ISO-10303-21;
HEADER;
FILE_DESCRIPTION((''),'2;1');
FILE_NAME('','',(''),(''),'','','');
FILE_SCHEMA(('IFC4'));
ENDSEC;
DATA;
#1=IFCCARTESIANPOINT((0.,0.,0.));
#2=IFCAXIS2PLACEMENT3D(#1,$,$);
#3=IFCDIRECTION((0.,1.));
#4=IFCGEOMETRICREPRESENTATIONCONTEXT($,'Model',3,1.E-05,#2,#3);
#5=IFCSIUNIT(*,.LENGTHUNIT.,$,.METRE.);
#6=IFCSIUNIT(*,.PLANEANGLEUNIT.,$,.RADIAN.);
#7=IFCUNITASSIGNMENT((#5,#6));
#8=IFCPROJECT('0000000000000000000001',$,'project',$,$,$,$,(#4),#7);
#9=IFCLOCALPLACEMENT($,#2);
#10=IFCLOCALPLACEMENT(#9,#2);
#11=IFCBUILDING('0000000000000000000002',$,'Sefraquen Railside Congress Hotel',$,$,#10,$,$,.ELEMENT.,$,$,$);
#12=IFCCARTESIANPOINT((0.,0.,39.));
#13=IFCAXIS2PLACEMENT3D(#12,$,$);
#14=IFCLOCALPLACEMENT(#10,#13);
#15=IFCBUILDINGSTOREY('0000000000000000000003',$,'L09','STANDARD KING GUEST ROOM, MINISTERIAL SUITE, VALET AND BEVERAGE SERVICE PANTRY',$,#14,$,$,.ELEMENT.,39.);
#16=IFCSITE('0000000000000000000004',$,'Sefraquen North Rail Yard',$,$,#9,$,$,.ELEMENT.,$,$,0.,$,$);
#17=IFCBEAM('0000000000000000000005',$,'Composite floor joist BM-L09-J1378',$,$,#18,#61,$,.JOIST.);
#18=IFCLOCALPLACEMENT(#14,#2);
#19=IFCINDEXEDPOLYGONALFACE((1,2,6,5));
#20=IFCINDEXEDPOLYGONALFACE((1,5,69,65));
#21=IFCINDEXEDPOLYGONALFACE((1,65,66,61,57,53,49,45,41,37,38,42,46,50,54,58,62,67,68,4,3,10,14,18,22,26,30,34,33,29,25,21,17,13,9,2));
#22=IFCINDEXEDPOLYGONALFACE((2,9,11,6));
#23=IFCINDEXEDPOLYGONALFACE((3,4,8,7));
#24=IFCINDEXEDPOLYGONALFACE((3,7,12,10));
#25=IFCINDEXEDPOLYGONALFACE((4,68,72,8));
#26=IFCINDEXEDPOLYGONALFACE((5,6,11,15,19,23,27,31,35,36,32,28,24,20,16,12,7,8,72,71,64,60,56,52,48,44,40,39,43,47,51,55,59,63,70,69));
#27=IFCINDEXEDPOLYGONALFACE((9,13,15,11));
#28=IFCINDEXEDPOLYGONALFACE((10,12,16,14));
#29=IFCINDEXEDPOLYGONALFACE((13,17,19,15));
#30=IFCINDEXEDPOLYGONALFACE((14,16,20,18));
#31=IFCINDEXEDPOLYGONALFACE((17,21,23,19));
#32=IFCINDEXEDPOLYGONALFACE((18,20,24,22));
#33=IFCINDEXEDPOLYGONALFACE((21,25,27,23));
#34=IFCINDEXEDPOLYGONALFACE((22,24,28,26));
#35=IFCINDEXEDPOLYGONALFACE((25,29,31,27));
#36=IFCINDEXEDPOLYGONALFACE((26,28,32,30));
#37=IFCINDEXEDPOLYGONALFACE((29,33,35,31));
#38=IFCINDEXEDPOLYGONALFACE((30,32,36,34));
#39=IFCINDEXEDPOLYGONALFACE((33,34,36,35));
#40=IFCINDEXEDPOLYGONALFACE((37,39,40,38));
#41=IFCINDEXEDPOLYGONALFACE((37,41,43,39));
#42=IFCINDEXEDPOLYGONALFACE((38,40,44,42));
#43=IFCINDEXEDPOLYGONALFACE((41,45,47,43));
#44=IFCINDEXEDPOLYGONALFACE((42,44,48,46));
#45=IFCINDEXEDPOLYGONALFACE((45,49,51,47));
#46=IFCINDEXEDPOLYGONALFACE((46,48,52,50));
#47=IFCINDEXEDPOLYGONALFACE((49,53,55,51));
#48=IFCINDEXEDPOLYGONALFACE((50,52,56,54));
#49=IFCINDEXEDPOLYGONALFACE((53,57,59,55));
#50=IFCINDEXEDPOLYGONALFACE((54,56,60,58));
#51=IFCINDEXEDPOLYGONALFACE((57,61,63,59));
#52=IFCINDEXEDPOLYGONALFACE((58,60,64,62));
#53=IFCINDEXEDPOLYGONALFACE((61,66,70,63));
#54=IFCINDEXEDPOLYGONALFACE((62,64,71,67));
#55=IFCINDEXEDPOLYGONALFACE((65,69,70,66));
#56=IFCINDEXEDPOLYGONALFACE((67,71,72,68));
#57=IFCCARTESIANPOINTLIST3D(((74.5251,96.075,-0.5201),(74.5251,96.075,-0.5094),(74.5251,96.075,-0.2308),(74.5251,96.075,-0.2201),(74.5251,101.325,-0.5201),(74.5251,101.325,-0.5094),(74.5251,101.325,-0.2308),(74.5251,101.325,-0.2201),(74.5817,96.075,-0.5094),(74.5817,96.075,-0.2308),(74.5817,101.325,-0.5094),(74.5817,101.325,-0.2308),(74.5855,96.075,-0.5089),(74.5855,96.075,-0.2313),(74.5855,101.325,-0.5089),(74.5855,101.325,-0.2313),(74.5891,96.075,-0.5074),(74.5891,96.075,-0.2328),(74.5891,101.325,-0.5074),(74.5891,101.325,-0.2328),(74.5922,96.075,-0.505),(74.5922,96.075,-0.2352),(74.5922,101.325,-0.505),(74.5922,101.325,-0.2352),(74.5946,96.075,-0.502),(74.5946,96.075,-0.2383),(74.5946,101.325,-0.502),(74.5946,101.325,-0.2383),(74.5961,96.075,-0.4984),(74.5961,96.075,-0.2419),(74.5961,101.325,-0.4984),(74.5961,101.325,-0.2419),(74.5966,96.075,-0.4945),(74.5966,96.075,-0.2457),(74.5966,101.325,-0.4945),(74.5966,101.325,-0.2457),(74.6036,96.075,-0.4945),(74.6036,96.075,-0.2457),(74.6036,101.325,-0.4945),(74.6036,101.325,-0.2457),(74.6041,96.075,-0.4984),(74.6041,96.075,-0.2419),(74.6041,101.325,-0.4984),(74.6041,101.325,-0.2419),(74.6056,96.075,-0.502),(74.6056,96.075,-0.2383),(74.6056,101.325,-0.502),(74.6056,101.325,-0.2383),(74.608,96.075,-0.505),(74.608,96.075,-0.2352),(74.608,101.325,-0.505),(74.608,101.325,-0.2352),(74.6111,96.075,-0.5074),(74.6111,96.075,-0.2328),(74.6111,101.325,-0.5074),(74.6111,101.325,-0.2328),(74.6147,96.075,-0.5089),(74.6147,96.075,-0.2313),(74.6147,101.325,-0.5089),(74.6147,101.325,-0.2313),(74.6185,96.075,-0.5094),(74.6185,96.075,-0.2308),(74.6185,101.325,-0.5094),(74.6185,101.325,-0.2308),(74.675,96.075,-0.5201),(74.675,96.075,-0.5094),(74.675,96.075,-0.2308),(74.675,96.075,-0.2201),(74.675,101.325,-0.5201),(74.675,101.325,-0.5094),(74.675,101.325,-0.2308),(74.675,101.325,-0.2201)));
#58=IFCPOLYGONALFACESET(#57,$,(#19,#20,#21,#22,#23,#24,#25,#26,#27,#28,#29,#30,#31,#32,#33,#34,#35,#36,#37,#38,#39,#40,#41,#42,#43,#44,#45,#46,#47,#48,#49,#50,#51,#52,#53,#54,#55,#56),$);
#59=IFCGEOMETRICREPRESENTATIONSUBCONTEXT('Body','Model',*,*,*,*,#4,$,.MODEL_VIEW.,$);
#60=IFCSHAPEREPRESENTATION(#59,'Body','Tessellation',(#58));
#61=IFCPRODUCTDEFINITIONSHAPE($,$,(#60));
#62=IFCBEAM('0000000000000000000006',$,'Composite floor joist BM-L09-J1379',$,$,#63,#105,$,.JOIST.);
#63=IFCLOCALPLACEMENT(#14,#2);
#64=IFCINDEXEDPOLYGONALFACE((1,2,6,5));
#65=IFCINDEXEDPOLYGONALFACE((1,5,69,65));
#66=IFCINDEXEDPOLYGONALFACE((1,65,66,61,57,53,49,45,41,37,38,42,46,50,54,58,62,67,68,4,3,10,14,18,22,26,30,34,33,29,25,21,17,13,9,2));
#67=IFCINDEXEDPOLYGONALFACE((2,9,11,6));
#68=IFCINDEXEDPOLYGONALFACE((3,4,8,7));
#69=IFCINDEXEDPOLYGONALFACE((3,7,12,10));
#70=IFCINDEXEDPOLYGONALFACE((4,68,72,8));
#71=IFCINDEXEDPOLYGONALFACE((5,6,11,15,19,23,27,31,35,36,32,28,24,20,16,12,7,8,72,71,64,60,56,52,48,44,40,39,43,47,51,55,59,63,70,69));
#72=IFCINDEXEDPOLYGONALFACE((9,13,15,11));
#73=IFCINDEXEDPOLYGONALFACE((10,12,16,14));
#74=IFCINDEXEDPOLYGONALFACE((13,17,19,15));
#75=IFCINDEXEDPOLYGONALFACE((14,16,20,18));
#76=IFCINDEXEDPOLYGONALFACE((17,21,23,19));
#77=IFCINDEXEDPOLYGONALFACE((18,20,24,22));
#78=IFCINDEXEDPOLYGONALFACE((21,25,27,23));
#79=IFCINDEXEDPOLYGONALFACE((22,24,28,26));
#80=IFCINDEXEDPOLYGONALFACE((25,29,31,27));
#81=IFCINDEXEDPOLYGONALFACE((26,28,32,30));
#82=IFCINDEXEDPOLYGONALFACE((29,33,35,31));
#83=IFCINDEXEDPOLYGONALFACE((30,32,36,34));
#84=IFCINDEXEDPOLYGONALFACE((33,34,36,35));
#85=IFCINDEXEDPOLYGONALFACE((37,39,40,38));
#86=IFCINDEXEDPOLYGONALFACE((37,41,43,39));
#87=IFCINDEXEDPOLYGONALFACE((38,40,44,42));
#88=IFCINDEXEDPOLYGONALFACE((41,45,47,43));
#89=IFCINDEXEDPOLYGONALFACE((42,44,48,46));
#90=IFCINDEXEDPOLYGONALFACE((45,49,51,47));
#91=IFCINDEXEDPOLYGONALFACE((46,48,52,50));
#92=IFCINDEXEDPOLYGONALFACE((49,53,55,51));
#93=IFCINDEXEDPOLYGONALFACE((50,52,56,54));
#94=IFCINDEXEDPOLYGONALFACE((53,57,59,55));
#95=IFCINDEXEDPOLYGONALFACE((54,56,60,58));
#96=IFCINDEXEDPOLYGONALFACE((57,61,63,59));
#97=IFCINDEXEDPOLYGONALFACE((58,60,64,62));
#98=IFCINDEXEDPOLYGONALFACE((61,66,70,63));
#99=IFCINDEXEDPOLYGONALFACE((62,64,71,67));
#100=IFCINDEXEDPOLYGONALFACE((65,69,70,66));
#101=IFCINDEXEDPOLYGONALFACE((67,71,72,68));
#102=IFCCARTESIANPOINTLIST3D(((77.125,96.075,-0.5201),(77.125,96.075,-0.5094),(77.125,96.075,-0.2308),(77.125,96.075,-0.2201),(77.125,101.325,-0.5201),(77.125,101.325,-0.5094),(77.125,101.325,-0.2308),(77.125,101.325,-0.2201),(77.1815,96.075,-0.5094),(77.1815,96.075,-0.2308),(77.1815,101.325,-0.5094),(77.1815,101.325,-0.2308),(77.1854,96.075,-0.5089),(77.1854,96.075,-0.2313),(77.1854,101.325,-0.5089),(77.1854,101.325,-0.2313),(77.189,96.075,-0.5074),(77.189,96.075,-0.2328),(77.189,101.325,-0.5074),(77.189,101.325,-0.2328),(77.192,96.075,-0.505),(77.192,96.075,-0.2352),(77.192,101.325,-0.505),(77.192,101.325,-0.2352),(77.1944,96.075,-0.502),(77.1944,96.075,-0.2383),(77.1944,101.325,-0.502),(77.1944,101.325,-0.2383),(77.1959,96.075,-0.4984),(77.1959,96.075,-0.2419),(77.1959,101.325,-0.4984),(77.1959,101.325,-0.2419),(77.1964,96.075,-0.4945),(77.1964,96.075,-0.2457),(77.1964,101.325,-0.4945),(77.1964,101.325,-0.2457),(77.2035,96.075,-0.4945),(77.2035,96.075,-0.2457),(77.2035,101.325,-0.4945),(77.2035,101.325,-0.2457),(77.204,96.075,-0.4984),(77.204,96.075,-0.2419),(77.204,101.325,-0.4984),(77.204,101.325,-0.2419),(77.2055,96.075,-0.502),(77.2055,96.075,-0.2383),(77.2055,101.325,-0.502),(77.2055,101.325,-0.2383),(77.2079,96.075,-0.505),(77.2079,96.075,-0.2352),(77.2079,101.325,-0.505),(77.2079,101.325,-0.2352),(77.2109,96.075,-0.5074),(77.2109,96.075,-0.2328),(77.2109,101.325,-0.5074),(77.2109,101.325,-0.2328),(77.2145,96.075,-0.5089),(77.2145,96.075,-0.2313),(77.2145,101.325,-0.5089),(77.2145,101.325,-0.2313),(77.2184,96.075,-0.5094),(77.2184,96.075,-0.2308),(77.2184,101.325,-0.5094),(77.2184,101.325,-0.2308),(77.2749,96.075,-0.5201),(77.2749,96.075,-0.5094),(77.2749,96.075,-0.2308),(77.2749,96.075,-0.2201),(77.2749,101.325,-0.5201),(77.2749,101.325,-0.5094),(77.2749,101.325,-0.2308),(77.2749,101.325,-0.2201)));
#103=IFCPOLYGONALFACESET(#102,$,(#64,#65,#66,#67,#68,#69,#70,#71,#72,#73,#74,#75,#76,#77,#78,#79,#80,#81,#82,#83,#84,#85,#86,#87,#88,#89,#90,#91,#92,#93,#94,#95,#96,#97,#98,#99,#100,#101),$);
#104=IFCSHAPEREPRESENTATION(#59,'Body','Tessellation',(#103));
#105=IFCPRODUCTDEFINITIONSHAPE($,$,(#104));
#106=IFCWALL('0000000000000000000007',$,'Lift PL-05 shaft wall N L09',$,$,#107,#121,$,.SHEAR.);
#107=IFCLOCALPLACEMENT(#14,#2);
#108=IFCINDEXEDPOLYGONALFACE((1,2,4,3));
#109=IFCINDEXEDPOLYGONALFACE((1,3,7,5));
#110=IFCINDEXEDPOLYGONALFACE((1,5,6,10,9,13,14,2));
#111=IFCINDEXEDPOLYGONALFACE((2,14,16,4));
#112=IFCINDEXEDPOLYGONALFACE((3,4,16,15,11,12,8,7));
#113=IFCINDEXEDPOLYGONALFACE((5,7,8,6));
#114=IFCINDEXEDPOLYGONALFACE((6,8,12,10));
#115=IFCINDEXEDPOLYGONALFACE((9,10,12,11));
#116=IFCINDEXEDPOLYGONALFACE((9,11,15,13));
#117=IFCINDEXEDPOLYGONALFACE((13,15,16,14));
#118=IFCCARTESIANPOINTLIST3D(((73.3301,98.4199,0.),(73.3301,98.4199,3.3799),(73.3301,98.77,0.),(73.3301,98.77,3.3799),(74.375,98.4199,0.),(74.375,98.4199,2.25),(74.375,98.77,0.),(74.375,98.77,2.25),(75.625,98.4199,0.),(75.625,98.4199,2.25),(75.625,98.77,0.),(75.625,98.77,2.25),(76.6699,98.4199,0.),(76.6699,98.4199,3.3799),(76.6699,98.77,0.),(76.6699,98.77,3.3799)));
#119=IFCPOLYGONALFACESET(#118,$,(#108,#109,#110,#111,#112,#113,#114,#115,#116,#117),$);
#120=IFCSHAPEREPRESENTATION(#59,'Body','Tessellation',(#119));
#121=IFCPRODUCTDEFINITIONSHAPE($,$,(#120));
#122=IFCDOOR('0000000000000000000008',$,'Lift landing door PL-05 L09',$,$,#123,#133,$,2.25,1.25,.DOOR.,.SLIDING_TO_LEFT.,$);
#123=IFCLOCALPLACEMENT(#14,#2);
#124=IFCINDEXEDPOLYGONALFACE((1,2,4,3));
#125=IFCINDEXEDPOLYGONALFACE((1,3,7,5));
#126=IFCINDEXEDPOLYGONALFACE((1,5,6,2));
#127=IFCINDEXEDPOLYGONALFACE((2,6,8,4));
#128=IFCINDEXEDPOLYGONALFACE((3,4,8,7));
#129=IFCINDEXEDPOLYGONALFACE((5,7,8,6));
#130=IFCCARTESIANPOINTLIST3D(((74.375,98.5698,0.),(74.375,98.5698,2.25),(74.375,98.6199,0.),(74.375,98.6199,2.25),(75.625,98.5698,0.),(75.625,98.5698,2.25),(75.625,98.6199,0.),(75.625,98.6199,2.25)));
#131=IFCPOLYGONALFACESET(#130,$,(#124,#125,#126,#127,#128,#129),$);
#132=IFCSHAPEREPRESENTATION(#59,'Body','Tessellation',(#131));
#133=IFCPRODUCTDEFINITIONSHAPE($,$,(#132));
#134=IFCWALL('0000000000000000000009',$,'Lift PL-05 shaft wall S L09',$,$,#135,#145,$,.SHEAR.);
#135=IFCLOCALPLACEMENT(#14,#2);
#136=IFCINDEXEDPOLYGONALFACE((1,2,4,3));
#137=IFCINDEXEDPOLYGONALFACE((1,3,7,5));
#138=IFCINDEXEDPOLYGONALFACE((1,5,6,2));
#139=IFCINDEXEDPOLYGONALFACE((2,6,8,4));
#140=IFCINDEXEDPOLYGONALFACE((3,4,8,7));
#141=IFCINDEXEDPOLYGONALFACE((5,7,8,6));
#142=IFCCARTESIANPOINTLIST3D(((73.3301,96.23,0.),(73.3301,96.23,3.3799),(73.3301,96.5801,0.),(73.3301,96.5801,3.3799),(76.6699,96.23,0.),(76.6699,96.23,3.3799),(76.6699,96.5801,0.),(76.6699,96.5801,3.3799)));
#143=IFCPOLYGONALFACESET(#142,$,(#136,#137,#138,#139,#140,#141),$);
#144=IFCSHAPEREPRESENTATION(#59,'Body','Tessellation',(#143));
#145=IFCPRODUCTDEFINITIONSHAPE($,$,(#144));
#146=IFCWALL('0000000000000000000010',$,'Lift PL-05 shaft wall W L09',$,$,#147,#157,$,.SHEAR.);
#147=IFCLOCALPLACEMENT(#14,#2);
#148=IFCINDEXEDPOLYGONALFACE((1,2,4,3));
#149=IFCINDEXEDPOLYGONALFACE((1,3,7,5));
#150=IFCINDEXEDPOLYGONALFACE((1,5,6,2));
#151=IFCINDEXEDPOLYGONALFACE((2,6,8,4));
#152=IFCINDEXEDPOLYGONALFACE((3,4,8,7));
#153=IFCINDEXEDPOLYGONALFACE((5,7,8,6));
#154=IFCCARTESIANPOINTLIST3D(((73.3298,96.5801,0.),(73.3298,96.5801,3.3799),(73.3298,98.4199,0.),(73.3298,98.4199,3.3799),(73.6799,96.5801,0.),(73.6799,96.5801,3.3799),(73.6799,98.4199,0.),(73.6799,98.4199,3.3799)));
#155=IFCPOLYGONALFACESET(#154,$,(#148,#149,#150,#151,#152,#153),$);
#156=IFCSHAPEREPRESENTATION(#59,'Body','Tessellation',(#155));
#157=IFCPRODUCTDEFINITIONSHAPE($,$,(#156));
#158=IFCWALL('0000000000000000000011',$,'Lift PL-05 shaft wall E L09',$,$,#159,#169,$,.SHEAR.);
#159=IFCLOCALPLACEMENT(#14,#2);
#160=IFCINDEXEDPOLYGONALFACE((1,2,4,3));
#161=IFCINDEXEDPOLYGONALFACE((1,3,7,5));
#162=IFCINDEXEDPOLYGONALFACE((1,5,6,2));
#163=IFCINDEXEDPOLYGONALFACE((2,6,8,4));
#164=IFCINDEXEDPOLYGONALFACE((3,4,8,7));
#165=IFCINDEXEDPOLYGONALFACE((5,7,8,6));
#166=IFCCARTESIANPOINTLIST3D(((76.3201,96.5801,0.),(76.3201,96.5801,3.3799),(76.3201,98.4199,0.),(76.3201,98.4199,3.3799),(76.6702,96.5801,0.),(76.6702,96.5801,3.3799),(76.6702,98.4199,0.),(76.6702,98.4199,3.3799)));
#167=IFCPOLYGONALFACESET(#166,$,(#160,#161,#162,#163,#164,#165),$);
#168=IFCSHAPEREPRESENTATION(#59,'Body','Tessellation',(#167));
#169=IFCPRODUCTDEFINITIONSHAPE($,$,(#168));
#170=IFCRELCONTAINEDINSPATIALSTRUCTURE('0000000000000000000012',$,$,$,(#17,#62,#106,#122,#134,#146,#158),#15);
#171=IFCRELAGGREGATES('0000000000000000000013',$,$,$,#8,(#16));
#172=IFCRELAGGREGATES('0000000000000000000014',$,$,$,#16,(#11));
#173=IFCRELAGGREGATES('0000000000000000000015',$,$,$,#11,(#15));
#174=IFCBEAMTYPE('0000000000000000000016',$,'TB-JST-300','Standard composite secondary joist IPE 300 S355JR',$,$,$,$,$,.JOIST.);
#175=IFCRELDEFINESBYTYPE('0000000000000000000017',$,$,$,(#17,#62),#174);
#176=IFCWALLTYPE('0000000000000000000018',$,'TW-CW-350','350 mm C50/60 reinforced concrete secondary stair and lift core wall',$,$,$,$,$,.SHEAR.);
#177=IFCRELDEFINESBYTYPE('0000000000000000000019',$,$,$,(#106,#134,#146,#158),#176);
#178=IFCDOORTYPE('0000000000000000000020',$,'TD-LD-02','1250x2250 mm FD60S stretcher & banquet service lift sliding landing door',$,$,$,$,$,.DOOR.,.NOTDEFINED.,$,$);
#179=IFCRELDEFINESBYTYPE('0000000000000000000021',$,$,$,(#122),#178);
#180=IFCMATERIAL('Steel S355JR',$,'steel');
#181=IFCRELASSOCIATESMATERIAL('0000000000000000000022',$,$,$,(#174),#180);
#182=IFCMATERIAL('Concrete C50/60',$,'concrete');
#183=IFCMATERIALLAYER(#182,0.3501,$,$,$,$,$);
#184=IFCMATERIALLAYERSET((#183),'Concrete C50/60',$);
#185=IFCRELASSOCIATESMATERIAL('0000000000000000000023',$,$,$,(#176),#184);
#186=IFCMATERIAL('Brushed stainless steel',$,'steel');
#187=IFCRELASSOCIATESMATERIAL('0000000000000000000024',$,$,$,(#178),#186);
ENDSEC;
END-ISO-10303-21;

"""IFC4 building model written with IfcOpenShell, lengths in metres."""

from ifc_helpers import new_model, si_unit, direction, frame, frame_2d, origin, origin_2d, place, context, subcontext, project, spatial, rectangle, i_section, extrude, material, layer, layer_set, material_profile, profile_set, type_object, element, fill, save


model = new_model("IFC4")

# Units and contexts
model_context = context("Model", 3, precision=1e-05, world=origin(), true_north=direction((0.0, 1.0)))
body_context = subcontext(model_context, "Body", "Model", "MODEL_VIEW")
ifc_project = project(units=[si_unit("LENGTHUNIT", "METRE"), si_unit("PLANEANGLEUNIT", "RADIAN")], contexts=[model_context])

# Site, building, storey
site_placement = place(None, origin())
site = spatial("IfcSite", under=ifc_project, at=site_placement, Name="Sefraquen North Rail Yard", CompositionType="ELEMENT", RefElevation=0.0)
building_placement = place(site_placement, origin())
building = spatial("IfcBuilding", under=site, at=building_placement, Name="Sefraquen Railside Congress Hotel", CompositionType="ELEMENT")
storey_placement = place(building_placement, frame((0.0, 0.0, 39.0)))
storey = spatial("IfcBuildingStorey", under=building, at=storey_placement, Name="L09", Description="STANDARD KING GUEST ROOM, MINISTERIAL SUITE, VALET AND BEVERAGE SERVICE PANTRY", CompositionType="ELEMENT", Elevation=39.0)

# Shared definitions
ifc_material_1 = material(Name="Steel S355JR", Category="steel")

# Beams
ifc_material_profile_1 = material_profile(ifc_material_1, i_section(OverallWidth=0.1499, OverallDepth=0.3, WebThickness=0.0071, FlangeThickness=0.0107, FilletRadius=0.0149, at=origin_2d()), Name="IPE 300")
ifc_profile_set_1 = profile_set([ifc_material_profile_1], Name="Steel S355JR")
beam_type_1 = type_object("IfcBeamType", Name="TB-JST-300", Description="Standard composite secondary joist IPE 300 S355JR", PredefinedType="JOIST", material=ifc_profile_set_1)
for number, where, z_axis, x_axis, name in (
    (1, (74.6001, 96.075, -0.3701), (0.0, 1.0, 0.0), (-1.0, 0.0, 0.0), "Composite floor joist BM-L09-J1378"),
    (2, (77.2, 96.075, -0.3701), (0.0, 1.0, 0.0), (-1.0, 0.0, 0.0), "Composite floor joist BM-L09-J1379"),
):
    element("IfcBeam", number, at=place(storey_placement, frame(where, z_axis=z_axis, x_axis=x_axis)), inside=storey, type_object=beam_type_1, Name=name, PredefinedType="JOIST", context=body_context, shape_type="SweptSolid", body=[
        extrude(i_section(OverallWidth=0.1499, OverallDepth=0.3, WebThickness=0.0071, FlangeThickness=0.0107, FilletRadius=0.0149, at=origin_2d()), origin(), (0.0, 0.0, 1.0), 5.25),
    ])

# Wall, opening, door
ifc_material_2 = material(Name="Concrete C50/60", Category="concrete")
ifc_layer_1 = layer(ifc_material_2, 0.3501)
ifc_layer_set_1 = layer_set([ifc_layer_1], Name="Concrete C50/60")
wall_type_1 = type_object("IfcWallType", Name="TW-CW-350", Description="350 mm C50/60 reinforced concrete secondary stair and lift core wall", PredefinedType="SHEAR", material=ifc_layer_set_1)
wall_1_placement = place(storey_placement, frame((73.3301, 98.595, 0.0), z_axis=(0.0, 0.0, 1.0), x_axis=(1.0, 0.0, 0.0)))
wall_1 = element("IfcWall", 3, at=wall_1_placement, inside=storey, type_object=wall_type_1, Name="Lift PL-05 shaft wall N L09", PredefinedType="SHEAR", context=body_context, shape_type="SweptSolid", body=[
    extrude(rectangle(XDim=3.3398, YDim=0.3501, at=frame_2d((1.6699, 0.0))), origin(), (0.0, 0.0, 1.0), 3.3799),
])
opening_1_placement = place(wall_1_placement, frame((1.0449, 0.0, 0.0)))
opening_1 = element("IfcOpeningElement", 4, at=opening_1_placement, cuts=wall_1, PredefinedType="OPENING", context=body_context, shape_type="SweptSolid", body=[
    extrude(rectangle(XDim=1.25, YDim=2.25, at=frame_2d((0.625, 1.125))), frame((0.0, 0.1851, 0.0), z_axis=(0.0, -1.0, 0.0), x_axis=(1.0, 0.0, 0.0)), (0.0, 0.0, 1.0), 0.3701),
])
ifc_material_3 = material(Name="Brushed stainless steel", Category="steel")
door_type = type_object("IfcDoorType", Name="TD-LD-02", Description="1250x2250 mm FD60S stretcher & banquet service lift sliding landing door", OperationType="NOTDEFINED", PredefinedType="DOOR", material=ifc_material_3)
door_1_placement = place(opening_1_placement, origin())
door_1 = element("IfcDoor", 5, at=door_1_placement, inside=storey, type_object=door_type, Name="Lift landing door PL-05 L09", OperationType="SLIDING_TO_LEFT", OverallHeight=2.25, OverallWidth=1.25, PredefinedType="DOOR", context=body_context, shape_type="SweptSolid", body=[
    extrude(rectangle(XDim=1.25, YDim=2.25, at=frame_2d((0.625, 1.125))), frame((0.0, 0.0249, 0.0), z_axis=(0.0, -1.0, 0.0), x_axis=(1.0, 0.0, 0.0)), (0.0, 0.0, 1.0), 0.05),
])
fill(opening_1, door_1)

# Walls
wall_2_placement = place(storey_placement, frame((73.3301, 96.405, 0.0), z_axis=(0.0, 0.0, 1.0), x_axis=(1.0, 0.0, 0.0)))
element("IfcWall", 6, at=wall_2_placement, inside=storey, type_object=wall_type_1, Name="Lift PL-05 shaft wall S L09", PredefinedType="SHEAR", context=body_context, shape_type="SweptSolid", body=[
    extrude(rectangle(XDim=3.3398, YDim=0.3501, at=frame_2d((1.6699, 0.0))), origin(), (0.0, 0.0, 1.0), 3.3799),
])
for number, where, z_axis, x_axis, name in (
    (7, (73.5049, 96.5801, 0.0), (0.0, 0.0, 1.0), (0.0, 1.0, 0.0), "Lift PL-05 shaft wall W L09"),
    (8, (76.4951, 96.5801, 0.0), (0.0, 0.0, 1.0), (0.0, 1.0, 0.0), "Lift PL-05 shaft wall E L09"),
):
    element("IfcWall", number, at=place(storey_placement, frame(where, z_axis=z_axis, x_axis=x_axis)), inside=storey, type_object=wall_type_1, Name=name, PredefinedType="SHEAR", context=body_context, shape_type="SweptSolid", body=[
        extrude(rectangle(XDim=1.8398, YDim=0.3501, at=frame_2d((0.9199, 0.0))), origin(), (0.0, 0.0, 1.0), 3.3799),
    ])

save(model, "model.ifc")
